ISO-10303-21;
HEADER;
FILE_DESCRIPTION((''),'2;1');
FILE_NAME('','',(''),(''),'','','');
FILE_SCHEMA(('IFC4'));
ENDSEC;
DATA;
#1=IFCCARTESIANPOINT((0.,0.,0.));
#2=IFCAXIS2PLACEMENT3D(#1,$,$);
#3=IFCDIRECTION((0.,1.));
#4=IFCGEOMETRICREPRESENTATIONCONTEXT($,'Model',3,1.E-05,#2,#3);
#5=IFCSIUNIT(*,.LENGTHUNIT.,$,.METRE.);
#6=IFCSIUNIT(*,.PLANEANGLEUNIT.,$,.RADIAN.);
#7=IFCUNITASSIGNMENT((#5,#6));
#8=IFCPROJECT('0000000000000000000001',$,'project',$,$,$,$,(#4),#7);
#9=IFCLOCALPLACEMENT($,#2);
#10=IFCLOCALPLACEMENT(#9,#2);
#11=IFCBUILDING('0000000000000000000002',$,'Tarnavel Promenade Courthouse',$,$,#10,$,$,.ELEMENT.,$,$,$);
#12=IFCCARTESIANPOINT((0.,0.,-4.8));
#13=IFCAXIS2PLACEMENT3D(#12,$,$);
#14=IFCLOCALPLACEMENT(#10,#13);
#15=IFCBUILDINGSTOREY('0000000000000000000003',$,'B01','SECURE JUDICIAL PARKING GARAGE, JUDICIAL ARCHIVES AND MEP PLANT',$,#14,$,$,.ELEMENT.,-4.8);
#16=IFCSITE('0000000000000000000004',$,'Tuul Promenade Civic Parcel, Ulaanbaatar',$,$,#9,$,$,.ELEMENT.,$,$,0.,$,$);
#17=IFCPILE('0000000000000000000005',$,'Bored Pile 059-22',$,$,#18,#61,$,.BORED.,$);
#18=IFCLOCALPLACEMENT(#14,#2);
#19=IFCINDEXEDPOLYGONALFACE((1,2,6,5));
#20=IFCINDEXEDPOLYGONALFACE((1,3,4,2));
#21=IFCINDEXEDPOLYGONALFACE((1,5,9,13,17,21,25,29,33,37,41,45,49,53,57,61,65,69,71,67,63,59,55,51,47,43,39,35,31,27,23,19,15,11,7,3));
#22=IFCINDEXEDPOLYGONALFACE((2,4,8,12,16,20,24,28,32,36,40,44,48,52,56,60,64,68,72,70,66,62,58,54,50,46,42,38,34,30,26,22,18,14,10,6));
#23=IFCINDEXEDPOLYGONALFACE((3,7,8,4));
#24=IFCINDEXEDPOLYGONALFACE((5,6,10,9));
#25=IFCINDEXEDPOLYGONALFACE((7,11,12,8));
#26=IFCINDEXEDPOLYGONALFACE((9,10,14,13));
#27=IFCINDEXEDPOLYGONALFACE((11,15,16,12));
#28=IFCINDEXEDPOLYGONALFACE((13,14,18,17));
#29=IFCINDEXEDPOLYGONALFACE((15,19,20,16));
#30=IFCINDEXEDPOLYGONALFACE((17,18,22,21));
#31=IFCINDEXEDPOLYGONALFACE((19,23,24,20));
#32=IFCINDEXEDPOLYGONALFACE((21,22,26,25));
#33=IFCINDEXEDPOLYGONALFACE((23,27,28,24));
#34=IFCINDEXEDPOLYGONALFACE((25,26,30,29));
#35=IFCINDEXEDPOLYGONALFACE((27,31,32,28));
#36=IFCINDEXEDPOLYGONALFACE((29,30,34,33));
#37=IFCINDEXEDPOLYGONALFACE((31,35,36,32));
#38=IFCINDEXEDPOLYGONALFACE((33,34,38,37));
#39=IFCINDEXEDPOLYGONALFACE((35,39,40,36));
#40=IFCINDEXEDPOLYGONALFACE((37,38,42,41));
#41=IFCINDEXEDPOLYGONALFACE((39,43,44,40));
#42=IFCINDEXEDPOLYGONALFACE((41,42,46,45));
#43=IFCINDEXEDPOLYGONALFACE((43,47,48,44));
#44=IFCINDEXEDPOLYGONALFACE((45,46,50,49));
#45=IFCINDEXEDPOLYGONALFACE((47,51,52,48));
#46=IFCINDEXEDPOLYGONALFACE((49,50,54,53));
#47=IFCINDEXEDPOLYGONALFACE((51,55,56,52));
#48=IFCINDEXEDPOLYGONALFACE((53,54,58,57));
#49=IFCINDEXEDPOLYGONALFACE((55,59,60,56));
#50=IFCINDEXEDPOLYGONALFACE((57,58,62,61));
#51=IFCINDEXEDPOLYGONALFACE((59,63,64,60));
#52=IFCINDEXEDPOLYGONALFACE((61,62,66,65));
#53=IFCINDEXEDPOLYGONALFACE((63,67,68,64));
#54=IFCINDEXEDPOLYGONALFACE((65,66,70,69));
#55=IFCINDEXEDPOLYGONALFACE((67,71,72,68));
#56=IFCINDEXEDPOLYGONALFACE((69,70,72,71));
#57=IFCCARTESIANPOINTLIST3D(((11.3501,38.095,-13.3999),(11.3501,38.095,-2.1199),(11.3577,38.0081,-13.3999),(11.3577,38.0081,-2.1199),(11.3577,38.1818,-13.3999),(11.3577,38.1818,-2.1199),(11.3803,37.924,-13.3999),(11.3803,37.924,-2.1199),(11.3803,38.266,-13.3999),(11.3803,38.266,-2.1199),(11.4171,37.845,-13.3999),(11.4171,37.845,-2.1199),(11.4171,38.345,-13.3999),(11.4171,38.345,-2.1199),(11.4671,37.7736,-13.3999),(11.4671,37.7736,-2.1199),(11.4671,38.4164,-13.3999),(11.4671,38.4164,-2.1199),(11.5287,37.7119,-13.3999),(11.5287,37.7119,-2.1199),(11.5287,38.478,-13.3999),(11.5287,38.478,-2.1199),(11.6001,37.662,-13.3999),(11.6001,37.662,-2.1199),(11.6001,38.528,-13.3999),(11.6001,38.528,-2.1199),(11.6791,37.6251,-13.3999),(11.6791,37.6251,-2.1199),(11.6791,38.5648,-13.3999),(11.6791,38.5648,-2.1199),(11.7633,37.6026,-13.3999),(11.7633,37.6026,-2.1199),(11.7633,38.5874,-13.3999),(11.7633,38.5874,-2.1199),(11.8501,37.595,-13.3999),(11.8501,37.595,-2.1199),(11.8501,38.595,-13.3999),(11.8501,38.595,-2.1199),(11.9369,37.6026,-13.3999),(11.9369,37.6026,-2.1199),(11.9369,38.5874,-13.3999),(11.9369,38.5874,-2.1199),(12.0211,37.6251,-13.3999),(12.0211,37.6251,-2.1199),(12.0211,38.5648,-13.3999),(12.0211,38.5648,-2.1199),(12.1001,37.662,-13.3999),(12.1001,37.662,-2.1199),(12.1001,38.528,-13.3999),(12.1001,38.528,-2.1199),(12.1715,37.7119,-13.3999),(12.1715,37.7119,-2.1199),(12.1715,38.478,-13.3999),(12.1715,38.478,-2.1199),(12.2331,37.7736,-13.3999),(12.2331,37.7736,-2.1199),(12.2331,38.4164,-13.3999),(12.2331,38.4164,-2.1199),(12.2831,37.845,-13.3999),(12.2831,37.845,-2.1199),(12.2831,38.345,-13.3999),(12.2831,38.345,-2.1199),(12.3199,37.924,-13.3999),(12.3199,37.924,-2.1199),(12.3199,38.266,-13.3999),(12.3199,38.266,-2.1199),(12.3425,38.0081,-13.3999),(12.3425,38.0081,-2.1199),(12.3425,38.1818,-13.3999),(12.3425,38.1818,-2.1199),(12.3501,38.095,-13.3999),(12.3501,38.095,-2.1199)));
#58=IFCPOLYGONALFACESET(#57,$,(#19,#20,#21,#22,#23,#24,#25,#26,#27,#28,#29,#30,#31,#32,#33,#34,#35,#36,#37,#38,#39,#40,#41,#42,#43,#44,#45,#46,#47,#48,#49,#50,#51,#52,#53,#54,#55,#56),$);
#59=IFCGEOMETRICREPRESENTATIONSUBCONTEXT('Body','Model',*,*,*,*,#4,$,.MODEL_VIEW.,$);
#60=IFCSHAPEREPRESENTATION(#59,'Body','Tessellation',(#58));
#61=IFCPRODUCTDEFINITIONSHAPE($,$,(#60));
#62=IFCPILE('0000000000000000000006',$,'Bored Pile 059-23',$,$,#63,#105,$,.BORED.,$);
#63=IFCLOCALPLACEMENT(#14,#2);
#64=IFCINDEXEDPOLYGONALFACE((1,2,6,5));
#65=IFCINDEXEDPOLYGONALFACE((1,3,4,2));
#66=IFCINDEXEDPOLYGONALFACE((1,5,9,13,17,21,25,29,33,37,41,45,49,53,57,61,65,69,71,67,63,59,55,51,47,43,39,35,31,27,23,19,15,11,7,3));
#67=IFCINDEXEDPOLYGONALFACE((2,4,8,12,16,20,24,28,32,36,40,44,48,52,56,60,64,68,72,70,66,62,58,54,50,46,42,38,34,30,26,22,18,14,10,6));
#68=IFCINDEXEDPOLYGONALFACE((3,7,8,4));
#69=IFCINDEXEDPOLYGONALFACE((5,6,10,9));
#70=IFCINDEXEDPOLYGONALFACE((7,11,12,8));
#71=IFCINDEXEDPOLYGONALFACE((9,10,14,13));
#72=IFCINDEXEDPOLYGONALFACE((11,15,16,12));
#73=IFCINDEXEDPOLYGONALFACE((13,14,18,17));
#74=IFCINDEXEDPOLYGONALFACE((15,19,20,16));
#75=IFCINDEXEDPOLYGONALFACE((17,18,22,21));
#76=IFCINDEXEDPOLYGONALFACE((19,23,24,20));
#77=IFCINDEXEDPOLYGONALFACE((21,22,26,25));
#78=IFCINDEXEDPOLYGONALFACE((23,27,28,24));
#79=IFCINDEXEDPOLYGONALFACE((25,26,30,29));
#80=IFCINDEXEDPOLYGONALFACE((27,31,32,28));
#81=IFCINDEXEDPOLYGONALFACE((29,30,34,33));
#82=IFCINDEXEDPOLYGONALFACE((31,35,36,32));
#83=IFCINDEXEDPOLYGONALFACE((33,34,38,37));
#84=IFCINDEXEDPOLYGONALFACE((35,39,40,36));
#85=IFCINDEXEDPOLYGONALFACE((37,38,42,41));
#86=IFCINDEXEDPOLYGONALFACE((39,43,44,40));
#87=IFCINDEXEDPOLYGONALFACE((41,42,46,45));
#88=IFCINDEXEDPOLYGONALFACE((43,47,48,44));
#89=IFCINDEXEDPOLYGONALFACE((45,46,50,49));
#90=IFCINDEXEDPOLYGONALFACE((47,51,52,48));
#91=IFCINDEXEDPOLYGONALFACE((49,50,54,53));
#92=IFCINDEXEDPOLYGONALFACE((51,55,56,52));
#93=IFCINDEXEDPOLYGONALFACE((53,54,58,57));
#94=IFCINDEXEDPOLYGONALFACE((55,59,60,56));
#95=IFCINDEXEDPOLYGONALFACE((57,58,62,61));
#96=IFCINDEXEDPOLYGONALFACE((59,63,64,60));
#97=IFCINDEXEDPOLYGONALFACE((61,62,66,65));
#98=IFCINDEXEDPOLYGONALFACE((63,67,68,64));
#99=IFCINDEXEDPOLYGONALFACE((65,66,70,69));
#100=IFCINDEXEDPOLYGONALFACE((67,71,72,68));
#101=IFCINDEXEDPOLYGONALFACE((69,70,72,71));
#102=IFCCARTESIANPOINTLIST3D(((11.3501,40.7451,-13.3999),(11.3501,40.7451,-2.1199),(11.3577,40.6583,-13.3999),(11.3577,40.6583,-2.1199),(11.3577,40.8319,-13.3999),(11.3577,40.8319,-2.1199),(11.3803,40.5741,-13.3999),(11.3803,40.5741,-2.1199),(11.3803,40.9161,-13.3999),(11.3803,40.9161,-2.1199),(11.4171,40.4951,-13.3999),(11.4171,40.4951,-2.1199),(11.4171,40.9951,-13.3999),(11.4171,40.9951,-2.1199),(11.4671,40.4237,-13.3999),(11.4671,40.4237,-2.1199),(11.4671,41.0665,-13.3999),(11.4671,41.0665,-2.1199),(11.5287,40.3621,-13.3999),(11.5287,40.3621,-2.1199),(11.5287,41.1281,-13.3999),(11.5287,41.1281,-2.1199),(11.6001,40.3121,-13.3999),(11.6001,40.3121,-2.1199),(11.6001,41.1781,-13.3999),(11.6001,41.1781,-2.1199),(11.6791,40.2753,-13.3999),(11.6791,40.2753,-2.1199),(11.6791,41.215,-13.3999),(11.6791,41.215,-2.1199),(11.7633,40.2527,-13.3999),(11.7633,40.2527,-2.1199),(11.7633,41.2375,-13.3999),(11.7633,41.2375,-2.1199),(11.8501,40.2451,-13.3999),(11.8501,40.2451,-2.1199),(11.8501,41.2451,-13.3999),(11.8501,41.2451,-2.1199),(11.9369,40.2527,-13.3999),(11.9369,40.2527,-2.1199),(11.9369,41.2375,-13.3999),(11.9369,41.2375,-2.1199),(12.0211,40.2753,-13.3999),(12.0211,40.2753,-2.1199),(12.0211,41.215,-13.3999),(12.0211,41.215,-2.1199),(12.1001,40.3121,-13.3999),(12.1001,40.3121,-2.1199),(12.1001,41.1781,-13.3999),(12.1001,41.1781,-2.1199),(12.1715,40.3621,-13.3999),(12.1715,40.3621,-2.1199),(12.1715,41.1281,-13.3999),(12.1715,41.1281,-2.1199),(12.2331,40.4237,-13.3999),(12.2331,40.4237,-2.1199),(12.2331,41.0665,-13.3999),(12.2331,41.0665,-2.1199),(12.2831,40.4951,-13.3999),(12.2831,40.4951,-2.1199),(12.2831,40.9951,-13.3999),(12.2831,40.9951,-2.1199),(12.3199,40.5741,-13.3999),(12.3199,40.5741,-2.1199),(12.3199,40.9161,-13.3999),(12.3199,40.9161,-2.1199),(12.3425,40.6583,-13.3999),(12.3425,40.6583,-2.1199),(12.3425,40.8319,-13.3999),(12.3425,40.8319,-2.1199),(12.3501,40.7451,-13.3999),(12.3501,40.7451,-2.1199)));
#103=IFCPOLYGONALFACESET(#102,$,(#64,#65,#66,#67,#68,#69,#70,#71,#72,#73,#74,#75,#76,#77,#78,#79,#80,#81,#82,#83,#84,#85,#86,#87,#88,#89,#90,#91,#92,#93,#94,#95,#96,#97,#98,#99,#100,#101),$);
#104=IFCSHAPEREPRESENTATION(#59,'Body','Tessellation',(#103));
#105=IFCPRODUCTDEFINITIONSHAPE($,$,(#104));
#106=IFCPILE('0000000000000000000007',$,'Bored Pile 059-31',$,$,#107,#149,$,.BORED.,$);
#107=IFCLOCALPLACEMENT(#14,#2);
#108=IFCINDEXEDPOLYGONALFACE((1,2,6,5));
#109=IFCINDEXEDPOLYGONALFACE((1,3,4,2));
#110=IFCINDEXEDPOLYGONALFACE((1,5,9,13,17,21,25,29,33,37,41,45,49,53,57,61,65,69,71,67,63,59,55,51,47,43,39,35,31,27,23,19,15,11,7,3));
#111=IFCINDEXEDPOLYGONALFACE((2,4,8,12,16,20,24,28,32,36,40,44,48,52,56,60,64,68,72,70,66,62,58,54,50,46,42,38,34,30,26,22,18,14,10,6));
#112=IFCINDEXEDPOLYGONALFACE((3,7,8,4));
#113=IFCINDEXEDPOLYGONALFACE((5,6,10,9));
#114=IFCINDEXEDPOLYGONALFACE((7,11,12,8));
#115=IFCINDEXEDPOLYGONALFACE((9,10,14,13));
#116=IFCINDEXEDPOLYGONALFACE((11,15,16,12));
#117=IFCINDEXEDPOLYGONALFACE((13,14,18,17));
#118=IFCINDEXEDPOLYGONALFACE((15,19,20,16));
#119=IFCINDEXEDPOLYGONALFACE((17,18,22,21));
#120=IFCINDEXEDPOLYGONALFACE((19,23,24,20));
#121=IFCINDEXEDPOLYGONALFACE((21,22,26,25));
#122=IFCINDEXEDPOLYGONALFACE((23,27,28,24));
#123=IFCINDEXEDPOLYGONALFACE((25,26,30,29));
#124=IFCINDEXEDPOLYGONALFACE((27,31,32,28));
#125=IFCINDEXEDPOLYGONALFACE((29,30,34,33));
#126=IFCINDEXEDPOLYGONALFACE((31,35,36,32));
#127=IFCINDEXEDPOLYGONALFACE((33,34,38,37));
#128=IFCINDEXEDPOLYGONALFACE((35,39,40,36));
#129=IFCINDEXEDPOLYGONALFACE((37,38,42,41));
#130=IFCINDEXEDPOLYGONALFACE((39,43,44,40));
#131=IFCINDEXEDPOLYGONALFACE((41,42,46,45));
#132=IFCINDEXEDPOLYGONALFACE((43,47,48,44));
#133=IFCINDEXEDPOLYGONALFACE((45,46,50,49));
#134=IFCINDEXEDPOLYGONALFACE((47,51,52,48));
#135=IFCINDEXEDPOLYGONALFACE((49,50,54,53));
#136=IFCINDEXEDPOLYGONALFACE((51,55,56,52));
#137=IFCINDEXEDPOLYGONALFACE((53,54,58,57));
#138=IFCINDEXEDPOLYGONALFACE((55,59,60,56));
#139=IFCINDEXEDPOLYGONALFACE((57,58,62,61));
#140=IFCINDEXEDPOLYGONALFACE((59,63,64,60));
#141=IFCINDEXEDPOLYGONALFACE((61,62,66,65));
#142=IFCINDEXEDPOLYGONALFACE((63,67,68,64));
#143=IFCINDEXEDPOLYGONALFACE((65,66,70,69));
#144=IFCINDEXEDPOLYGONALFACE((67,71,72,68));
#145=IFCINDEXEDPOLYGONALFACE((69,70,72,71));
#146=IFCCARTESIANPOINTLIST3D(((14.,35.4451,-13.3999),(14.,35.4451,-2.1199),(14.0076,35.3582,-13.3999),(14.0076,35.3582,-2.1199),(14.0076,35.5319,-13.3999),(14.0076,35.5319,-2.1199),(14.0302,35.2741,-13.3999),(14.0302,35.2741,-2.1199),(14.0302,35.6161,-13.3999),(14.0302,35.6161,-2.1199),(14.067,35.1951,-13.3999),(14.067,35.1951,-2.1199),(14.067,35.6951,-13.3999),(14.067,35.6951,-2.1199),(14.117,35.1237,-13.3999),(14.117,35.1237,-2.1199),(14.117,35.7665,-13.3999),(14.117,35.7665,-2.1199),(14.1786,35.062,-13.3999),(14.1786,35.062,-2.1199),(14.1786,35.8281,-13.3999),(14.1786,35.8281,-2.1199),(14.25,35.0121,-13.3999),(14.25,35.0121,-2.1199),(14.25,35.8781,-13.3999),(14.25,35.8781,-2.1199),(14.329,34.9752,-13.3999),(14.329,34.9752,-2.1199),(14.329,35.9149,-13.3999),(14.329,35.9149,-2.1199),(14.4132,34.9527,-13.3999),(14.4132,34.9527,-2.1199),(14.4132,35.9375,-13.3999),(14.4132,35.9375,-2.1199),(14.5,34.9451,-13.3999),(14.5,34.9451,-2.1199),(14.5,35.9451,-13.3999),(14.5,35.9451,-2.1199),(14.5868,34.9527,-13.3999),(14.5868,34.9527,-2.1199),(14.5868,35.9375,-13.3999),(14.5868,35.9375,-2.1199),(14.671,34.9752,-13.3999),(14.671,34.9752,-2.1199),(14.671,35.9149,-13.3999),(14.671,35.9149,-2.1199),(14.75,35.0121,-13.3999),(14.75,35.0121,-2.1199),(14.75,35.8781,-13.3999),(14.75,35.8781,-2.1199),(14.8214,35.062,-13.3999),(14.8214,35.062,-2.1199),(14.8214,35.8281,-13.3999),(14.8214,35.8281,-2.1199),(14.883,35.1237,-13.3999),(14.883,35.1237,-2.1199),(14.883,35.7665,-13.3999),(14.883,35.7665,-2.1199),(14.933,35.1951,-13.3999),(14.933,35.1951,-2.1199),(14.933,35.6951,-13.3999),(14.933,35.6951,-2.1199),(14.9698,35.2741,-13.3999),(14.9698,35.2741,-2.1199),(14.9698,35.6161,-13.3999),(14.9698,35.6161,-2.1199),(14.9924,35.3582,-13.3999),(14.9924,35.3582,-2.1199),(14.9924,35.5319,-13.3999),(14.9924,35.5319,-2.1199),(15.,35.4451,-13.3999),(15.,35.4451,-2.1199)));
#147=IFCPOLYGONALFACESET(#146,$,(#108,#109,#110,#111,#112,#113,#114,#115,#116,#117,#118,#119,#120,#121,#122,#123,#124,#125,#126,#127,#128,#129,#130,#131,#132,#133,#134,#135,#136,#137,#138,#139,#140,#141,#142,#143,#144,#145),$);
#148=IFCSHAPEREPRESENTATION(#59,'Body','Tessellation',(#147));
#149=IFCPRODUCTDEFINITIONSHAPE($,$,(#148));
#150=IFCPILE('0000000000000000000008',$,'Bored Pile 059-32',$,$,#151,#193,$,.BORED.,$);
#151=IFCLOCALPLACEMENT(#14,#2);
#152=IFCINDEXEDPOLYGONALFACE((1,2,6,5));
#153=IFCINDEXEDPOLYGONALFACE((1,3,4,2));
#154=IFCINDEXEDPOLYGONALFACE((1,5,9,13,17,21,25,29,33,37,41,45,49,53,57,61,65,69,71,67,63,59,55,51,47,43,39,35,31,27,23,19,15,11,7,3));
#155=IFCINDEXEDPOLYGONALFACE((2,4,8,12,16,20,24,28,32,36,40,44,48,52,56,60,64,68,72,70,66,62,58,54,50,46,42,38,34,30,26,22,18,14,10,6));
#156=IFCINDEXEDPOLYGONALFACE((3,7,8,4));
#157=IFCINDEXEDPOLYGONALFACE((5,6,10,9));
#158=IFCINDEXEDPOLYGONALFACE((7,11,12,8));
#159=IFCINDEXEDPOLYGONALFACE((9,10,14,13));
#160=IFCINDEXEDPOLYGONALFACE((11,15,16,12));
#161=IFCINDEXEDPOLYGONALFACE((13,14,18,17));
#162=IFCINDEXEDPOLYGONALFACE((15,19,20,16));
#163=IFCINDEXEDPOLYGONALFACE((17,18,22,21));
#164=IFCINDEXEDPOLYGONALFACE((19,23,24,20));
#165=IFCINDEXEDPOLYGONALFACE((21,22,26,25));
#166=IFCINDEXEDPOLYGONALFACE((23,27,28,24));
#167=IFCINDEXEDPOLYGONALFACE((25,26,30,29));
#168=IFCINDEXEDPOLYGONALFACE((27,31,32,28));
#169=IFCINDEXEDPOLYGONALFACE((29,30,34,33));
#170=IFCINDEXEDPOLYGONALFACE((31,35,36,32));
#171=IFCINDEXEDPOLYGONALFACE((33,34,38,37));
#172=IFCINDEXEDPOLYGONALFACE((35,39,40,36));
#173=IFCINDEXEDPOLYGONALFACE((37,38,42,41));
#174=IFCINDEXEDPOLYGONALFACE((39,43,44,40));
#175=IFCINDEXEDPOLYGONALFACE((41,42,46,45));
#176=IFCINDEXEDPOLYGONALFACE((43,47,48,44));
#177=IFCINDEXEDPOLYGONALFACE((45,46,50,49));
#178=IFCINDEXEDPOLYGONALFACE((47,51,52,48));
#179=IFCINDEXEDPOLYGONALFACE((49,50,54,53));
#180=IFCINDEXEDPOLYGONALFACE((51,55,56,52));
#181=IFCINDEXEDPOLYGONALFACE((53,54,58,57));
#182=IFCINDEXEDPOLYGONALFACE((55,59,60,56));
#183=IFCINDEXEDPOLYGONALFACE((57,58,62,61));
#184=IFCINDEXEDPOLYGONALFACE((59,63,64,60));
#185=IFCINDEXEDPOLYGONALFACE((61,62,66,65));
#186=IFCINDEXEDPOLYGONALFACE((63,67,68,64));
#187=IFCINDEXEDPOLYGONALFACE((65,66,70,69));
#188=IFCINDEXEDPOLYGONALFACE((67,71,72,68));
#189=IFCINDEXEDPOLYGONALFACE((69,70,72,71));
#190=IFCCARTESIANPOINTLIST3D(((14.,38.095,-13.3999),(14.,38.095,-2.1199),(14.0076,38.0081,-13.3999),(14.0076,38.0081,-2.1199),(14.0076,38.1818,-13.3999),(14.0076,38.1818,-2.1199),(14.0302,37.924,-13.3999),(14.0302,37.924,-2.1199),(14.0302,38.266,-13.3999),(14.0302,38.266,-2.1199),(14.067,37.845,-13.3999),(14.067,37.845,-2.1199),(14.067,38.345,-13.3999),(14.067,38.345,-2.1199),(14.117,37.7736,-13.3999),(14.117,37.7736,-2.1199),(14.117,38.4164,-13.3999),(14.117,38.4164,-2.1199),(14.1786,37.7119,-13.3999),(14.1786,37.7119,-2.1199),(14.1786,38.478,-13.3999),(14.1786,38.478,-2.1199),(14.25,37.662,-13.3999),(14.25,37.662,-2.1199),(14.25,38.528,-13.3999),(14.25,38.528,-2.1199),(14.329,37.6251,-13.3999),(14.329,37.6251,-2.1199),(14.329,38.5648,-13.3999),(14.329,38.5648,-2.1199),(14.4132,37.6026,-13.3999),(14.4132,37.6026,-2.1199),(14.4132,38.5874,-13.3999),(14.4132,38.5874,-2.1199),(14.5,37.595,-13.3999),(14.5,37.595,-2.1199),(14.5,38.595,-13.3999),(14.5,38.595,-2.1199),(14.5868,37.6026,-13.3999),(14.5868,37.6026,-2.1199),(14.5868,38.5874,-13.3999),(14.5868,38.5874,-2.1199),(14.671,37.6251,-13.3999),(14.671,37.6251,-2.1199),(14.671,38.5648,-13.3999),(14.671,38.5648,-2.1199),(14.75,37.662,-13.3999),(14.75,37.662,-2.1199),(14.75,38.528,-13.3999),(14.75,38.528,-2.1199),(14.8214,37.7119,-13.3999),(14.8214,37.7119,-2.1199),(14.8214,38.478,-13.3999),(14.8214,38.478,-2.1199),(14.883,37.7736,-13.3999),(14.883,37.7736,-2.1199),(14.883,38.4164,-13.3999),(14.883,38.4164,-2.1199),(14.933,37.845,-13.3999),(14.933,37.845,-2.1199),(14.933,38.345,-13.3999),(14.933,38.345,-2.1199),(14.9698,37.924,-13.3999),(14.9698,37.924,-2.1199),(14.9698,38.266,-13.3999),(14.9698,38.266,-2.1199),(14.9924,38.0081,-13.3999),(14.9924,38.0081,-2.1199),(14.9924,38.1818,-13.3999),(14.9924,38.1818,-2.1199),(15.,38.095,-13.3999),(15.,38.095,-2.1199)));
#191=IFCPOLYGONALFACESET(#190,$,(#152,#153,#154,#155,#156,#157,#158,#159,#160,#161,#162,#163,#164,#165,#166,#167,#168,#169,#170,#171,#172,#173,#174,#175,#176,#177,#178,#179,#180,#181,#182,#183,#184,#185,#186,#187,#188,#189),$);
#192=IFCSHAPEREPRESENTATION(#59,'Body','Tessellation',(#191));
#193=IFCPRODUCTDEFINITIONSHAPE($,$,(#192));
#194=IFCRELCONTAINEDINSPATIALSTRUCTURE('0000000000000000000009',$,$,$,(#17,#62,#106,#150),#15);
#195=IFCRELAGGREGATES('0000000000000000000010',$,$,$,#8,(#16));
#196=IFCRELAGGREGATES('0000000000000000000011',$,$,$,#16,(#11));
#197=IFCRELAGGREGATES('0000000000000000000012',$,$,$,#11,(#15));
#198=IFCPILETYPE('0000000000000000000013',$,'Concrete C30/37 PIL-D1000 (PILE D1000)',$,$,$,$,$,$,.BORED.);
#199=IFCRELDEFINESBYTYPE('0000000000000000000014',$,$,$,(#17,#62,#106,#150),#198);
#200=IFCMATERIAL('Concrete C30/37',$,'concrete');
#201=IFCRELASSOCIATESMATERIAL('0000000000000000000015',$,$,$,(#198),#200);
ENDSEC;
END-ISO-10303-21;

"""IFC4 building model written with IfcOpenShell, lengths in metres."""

from ifc_helpers import new_model, si_unit, direction, frame, origin, origin_2d, place, context, subcontext, project, spatial, circle, extrude, material, material_profile, profile_set, type_object, element, save


model = new_model("IFC4")

# Units and contexts
model_context = context("Model", 3, precision=1e-05, world=origin(), true_north=direction((0.0, 1.0)))
body_context = subcontext(model_context, "Body", "Model", "MODEL_VIEW")
ifc_project = project(units=[si_unit("LENGTHUNIT", "METRE"), si_unit("PLANEANGLEUNIT", "RADIAN")], contexts=[model_context])

# Site, building, storey
site_placement = place(None, origin())
site = spatial("IfcSite", under=ifc_project, at=site_placement, Name="Tuul Promenade Civic Parcel, Ulaanbaatar", CompositionType="ELEMENT", RefElevation=0.0)
building_placement = place(site_placement, origin())
building = spatial("IfcBuilding", under=site, at=building_placement, Name="Tarnavel Promenade Courthouse", CompositionType="ELEMENT")
storey_placement = place(building_placement, frame((0.0, 0.0, -4.8)))
storey = spatial("IfcBuildingStorey", under=building, at=storey_placement, Name="B01", Description="SECURE JUDICIAL PARKING GARAGE, JUDICIAL ARCHIVES AND MEP PLANT", CompositionType="ELEMENT", Elevation=-4.8)

# Piles
ifc_material_1 = material(Name="Concrete C30/37", Category="concrete")
ifc_material_profile_1 = material_profile(ifc_material_1, circle(Radius=0.5, at=origin_2d()), Name="PILE D1000")
ifc_profile_set_1 = profile_set([ifc_material_profile_1], Name="Concrete C30/37")
pile_type = type_object("IfcPileType", Name="Concrete C30/37 PIL-D1000 (PILE D1000)", PredefinedType="BORED", material=ifc_profile_set_1)
for number, where, z_axis, x_axis, name in (
    (1, (11.8501, 38.095, -2.1199), (0.0, 0.0, -1.0), (1.0, 0.0, 0.0), "Bored Pile 059-22"),
    (2, (11.8501, 40.7451, -2.1199), (0.0, 0.0, -1.0), (1.0, 0.0, 0.0), "Bored Pile 059-23"),
    (3, (14.5, 35.4451, -2.1199), (0.0, 0.0, -1.0), (1.0, 0.0, 0.0), "Bored Pile 059-31"),
    (4, (14.5, 38.095, -2.1199), (0.0, 0.0, -1.0), (1.0, 0.0, 0.0), "Bored Pile 059-32"),
):
    element("IfcPile", number, at=place(storey_placement, frame(where, z_axis=z_axis, x_axis=x_axis)), inside=storey, type_object=pile_type, Name=name, PredefinedType="BORED", context=body_context, shape_type="SweptSolid", body=[
        extrude(circle(Radius=0.5, at=origin_2d()), origin(), (0.0, 0.0, 1.0), 11.28),
    ])

save(model, "model.ifc")
